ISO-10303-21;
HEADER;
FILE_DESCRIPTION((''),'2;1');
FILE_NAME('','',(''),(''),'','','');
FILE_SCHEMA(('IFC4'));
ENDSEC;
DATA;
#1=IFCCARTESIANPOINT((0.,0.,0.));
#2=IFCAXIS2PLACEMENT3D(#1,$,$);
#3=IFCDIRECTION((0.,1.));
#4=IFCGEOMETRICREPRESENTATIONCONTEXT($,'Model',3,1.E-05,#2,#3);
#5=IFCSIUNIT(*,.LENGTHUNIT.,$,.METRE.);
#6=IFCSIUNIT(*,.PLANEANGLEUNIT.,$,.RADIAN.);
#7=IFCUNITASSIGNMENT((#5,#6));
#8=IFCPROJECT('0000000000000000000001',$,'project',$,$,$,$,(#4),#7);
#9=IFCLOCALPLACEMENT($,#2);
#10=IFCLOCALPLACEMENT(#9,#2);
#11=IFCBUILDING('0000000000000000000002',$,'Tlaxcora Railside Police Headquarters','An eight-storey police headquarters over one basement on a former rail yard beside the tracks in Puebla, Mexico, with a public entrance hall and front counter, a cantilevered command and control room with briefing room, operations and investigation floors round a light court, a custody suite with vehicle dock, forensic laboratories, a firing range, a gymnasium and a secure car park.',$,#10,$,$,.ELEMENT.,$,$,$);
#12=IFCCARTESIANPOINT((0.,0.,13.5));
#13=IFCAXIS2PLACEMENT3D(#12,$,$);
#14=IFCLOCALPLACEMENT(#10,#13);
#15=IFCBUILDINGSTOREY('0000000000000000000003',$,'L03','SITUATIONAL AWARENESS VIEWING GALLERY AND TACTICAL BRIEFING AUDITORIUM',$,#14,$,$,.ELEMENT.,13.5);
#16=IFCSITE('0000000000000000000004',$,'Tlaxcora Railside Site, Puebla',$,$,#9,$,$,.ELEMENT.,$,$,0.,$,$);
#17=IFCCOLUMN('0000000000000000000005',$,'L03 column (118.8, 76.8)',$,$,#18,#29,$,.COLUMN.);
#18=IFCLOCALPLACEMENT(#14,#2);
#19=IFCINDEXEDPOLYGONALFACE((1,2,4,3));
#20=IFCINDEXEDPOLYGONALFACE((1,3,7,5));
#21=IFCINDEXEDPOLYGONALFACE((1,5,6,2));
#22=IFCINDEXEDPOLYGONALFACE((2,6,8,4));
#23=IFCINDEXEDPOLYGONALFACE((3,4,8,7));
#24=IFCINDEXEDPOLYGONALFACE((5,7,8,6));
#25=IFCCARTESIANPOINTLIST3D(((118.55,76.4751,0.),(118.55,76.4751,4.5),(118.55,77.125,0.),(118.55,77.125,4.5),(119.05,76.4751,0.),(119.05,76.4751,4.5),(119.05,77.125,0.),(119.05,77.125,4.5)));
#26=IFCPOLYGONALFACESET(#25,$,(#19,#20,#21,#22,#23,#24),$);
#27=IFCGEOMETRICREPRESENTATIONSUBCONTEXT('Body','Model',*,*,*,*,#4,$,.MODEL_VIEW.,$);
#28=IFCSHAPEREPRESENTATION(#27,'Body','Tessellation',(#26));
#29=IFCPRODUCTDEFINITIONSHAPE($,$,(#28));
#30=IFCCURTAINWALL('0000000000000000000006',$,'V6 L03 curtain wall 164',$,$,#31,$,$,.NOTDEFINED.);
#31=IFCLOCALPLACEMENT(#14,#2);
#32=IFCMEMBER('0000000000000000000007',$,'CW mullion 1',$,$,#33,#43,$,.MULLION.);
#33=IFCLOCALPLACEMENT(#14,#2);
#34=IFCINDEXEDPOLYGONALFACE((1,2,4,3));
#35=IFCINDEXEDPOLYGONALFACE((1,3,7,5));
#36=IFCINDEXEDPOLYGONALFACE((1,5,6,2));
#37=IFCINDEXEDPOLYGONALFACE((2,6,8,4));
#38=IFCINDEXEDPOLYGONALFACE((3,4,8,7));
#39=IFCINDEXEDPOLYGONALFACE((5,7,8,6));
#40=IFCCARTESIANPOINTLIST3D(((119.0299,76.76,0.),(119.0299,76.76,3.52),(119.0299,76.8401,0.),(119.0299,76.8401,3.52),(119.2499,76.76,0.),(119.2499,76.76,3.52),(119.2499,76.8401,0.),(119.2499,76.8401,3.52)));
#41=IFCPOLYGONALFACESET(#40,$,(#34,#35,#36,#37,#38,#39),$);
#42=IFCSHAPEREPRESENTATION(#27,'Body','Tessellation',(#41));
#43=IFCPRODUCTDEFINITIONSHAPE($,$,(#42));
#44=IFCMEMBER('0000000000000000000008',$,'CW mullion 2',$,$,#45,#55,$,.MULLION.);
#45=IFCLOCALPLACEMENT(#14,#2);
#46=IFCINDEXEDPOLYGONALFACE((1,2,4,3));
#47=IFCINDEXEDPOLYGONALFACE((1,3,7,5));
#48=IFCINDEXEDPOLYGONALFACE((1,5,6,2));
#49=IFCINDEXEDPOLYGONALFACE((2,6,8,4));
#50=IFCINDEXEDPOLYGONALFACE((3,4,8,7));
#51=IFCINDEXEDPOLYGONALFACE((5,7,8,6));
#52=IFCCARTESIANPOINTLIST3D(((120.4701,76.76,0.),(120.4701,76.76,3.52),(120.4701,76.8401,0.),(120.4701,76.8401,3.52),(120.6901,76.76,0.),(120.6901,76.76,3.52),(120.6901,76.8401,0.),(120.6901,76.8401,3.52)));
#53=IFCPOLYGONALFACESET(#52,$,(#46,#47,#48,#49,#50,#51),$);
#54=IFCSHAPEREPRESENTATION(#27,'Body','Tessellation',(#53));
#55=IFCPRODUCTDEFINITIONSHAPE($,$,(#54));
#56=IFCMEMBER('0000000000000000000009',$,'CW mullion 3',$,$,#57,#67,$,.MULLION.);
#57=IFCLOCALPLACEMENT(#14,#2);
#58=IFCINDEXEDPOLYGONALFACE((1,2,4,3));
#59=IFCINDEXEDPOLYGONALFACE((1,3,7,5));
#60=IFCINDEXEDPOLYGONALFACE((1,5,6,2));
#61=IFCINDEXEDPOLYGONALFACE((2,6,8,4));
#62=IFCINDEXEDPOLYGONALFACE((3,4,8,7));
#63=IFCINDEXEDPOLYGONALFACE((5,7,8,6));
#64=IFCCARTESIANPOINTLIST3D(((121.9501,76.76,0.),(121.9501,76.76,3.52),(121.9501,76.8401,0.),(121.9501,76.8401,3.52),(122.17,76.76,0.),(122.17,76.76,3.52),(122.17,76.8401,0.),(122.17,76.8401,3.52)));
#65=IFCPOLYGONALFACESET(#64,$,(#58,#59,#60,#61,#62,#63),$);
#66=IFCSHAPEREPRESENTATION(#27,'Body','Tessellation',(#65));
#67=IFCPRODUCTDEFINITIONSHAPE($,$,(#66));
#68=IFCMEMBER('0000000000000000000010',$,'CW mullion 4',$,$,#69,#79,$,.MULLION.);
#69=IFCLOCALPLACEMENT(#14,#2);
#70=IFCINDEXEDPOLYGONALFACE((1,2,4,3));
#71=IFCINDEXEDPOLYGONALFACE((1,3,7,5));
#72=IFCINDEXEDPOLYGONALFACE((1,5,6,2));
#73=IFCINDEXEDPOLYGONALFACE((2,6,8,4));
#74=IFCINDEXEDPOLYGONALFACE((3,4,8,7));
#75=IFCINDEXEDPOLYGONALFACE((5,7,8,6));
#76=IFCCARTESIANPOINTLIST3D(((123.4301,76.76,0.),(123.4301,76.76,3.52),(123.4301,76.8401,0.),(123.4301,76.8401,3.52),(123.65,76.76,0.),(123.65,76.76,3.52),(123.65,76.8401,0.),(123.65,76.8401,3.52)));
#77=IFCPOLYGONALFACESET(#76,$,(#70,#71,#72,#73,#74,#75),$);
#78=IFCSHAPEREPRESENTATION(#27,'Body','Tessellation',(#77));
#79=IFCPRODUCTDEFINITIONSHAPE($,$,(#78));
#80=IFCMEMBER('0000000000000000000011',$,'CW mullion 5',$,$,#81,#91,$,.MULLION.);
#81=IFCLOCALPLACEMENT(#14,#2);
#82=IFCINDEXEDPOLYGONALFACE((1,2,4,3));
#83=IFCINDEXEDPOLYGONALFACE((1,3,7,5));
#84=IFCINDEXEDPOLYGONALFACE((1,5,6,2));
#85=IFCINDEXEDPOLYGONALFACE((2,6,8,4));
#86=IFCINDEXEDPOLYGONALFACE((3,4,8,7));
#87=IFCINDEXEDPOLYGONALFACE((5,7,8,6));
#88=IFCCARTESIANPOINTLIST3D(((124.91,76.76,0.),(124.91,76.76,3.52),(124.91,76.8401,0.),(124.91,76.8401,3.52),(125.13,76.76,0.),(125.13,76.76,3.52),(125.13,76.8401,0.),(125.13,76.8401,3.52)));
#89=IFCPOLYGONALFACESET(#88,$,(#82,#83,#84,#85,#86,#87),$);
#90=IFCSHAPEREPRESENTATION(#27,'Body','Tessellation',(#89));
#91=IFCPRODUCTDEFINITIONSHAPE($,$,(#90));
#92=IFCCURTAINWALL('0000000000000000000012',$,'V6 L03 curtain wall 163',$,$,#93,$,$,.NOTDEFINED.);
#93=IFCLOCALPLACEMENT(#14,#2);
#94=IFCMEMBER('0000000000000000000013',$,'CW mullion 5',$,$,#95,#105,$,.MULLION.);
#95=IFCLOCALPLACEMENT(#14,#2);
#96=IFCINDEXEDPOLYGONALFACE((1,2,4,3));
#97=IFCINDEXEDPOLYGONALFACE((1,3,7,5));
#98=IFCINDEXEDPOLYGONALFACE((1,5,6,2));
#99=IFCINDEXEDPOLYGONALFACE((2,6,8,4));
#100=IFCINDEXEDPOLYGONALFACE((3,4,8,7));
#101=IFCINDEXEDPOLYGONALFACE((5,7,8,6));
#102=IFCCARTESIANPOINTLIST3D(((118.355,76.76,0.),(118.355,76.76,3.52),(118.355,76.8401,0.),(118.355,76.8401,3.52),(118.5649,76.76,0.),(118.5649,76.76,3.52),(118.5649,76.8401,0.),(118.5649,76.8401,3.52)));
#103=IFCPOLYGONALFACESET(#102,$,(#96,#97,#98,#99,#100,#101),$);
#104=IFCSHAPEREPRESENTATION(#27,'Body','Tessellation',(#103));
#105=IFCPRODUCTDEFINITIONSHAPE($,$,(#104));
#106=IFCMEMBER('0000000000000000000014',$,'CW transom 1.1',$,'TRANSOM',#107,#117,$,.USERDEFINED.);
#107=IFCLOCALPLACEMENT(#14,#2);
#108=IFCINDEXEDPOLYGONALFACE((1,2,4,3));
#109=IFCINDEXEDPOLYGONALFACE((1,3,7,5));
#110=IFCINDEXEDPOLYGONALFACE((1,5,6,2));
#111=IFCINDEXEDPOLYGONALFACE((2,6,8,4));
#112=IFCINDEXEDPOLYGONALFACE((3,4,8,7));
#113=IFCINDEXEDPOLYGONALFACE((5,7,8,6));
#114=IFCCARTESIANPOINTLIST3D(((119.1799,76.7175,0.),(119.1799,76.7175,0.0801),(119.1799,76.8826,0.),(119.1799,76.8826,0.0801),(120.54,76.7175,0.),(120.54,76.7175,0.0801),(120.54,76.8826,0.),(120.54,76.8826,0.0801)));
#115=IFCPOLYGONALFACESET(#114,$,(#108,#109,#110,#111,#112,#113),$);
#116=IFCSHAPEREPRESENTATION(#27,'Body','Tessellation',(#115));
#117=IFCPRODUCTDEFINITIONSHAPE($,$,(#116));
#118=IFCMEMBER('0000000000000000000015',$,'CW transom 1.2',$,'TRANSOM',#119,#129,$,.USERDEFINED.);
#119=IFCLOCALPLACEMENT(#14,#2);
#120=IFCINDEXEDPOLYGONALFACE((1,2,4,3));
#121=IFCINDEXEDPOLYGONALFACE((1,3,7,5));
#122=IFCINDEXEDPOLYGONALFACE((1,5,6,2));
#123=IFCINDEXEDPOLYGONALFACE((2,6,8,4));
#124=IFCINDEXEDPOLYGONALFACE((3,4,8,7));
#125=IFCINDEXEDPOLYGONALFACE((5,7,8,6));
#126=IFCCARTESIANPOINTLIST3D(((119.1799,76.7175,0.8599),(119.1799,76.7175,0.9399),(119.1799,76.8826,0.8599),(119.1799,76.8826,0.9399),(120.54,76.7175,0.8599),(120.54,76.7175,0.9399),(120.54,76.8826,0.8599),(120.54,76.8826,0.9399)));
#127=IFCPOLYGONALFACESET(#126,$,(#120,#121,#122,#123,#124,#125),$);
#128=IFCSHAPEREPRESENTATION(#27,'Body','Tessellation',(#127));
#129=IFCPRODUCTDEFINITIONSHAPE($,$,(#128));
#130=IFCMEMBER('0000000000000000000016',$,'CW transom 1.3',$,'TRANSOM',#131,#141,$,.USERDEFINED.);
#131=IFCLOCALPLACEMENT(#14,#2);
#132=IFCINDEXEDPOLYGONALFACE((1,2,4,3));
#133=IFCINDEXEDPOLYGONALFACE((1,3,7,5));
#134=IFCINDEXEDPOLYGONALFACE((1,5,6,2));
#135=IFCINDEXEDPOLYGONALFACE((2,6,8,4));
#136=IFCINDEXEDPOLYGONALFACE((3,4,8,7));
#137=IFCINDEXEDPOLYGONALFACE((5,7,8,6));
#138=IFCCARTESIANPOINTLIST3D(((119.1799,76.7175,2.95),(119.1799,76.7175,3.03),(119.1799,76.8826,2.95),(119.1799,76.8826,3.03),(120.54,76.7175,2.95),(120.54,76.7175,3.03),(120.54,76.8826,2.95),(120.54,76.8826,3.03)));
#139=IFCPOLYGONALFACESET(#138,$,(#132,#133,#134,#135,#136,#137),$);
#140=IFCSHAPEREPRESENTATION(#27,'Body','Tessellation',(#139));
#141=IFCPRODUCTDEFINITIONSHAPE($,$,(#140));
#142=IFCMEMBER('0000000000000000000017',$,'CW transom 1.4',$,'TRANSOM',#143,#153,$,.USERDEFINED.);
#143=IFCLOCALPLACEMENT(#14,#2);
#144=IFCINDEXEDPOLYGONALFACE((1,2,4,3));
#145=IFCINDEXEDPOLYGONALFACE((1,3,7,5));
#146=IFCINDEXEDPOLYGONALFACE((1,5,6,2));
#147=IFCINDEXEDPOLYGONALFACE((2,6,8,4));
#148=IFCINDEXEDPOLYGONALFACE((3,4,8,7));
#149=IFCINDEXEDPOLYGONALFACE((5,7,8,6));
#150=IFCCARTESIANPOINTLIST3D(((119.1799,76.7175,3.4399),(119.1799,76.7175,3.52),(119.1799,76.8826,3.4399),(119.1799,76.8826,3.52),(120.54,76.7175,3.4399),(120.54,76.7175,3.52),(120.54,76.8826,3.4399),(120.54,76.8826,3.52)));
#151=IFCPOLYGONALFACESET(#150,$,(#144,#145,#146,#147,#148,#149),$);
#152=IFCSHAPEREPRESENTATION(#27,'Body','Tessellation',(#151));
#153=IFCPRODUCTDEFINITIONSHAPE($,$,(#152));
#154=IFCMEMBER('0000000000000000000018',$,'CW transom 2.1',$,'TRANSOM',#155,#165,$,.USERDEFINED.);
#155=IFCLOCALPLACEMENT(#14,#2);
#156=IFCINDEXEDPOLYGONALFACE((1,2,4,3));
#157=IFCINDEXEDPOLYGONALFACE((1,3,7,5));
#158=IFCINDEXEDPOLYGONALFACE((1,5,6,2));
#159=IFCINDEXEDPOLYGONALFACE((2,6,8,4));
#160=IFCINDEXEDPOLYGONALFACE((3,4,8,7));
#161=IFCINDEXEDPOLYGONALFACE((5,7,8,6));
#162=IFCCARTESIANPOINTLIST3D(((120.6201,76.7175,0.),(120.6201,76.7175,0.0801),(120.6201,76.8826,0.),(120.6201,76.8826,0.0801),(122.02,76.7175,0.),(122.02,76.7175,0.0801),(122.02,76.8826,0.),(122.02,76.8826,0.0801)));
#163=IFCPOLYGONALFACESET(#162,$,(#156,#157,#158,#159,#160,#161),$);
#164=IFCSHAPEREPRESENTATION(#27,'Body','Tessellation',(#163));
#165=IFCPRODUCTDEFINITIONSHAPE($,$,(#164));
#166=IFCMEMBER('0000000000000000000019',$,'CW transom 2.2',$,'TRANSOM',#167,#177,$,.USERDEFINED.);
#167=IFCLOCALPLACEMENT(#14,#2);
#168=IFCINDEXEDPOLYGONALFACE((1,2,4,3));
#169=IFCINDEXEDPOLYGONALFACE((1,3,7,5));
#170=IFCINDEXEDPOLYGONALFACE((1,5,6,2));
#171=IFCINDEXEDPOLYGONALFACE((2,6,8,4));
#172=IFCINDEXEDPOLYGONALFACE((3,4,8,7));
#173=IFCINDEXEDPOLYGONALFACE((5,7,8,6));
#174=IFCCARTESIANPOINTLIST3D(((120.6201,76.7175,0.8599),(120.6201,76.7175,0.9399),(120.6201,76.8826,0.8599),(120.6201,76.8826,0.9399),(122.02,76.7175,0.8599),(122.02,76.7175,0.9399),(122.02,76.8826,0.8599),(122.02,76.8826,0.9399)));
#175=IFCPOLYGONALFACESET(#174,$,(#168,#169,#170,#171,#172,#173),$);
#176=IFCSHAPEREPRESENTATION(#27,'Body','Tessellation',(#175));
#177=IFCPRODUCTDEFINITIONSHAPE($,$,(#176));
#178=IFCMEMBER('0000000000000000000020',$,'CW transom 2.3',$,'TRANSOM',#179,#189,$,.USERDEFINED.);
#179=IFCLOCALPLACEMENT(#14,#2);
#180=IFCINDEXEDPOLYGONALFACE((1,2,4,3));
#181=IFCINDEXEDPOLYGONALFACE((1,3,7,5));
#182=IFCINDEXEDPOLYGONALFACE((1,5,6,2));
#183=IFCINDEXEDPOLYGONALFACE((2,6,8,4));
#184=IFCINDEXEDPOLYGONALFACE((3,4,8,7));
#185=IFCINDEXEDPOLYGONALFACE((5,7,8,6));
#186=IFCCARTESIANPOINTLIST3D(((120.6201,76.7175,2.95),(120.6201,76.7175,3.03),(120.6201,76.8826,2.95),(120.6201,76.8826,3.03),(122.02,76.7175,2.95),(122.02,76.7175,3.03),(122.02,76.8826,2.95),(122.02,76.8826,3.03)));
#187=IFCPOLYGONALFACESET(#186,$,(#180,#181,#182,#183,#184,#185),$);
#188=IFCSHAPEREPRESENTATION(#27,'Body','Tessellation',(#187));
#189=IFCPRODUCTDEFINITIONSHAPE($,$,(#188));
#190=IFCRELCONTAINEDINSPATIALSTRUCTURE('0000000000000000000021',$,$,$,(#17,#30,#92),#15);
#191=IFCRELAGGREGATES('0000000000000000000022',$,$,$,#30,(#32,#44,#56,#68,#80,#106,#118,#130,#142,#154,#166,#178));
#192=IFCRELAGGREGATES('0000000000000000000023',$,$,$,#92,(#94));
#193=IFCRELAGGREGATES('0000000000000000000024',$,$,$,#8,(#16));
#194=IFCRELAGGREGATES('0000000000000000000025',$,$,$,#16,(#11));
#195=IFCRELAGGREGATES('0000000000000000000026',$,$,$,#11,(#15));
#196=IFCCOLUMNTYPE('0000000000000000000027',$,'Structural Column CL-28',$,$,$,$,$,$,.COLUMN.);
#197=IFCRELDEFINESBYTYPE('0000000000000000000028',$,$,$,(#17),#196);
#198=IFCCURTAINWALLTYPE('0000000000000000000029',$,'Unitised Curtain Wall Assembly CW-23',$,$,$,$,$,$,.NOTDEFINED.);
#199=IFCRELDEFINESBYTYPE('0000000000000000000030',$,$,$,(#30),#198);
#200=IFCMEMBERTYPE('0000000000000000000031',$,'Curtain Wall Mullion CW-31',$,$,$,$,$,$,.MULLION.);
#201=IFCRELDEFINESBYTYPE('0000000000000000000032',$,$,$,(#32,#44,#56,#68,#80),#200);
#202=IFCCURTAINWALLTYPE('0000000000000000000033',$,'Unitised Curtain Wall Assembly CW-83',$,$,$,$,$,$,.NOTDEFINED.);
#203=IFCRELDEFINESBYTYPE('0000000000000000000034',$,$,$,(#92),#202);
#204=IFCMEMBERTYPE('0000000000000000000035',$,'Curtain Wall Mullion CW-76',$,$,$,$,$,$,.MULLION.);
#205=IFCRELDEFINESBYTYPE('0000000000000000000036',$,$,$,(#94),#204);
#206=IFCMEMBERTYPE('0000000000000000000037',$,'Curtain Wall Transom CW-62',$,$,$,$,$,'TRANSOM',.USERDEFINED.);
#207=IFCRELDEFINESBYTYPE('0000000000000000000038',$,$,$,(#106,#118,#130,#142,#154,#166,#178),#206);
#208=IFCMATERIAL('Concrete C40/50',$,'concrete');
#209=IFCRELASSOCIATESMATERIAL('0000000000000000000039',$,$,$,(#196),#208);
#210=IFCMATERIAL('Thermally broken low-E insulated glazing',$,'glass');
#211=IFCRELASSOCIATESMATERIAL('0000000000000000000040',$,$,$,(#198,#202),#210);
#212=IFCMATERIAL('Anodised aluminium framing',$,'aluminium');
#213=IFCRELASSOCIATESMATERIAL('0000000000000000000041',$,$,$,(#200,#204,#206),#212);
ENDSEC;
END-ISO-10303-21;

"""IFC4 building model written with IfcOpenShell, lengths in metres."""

from ifc_helpers import new_model, si_unit, direction, frame, origin, origin_2d, place, context, subcontext, project, spatial, rectangle, extrude, material, material_profile, profile_set, type_object, element, aggregate, save


model = new_model("IFC4")

# Units and contexts
model_context = context("Model", 3, precision=1e-05, world=origin(), true_north=direction((0.0, 1.0)))
body_context = subcontext(model_context, "Body", "Model", "MODEL_VIEW")
ifc_project = project(units=[si_unit("LENGTHUNIT", "METRE"), si_unit("PLANEANGLEUNIT", "RADIAN")], contexts=[model_context])

# Site, building, storey
site_placement = place(None, origin())
site = spatial("IfcSite", under=ifc_project, at=site_placement, Name="Tlaxcora Railside Site, Puebla", CompositionType="ELEMENT", RefElevation=0.0)
building_placement = place(site_placement, origin())
building = spatial("IfcBuilding", under=site, at=building_placement, Name="Tlaxcora Railside Police Headquarters", Description="An eight-storey police headquarters over one basement on a former rail yard beside the tracks in Puebla, Mexico, with a public entrance hall and front counter, a cantilevered command and control room with briefing room, operations and investigation floors round a light court, a custody suite with vehicle dock, forensic laboratories, a firing range, a gymnasium and a secure car park.", CompositionType="ELEMENT")
storey_placement = place(building_placement, frame((0.0, 0.0, 13.5)))
storey = spatial("IfcBuildingStorey", under=building, at=storey_placement, Name="L03", Description="SITUATIONAL AWARENESS VIEWING GALLERY AND TACTICAL BRIEFING AUDITORIUM", CompositionType="ELEMENT", Elevation=13.5)

# Column
ifc_material_1 = material(Name="Concrete C40/50", Category="concrete")
ifc_material_profile_1 = material_profile(ifc_material_1, rectangle(XDim=0.5, YDim=0.6499, at=origin_2d()), Name="RC500X650")
ifc_profile_set_1 = profile_set([ifc_material_profile_1], Name="Concrete C40/50")
column_type = type_object("IfcColumnType", Name="Structural Column CL-28", PredefinedType="COLUMN", material=ifc_profile_set_1)
column_placement = place(storey_placement, frame((118.8, 76.8, 0.0), z_axis=(0.0, 0.0, 1.0), x_axis=(1.0, 0.0, 0.0)))
element("IfcColumn", 1, at=column_placement, inside=storey, type_object=column_type, Name="L03 column (118.8, 76.8)", PredefinedType="COLUMN", context=body_context, shape_type="SweptSolid", body=[
    extrude(rectangle(XDim=0.5, YDim=0.6499, at=origin_2d()), origin(), (0.0, 0.0, 1.0), 4.5),
])

# Curtain wall, members
ifc_material_2 = material(Name="Thermally broken low-E insulated glazing", Category="glass")
curtain_wall_type_1 = type_object("IfcCurtainWallType", Name="Unitised Curtain Wall Assembly CW-23", PredefinedType="NOTDEFINED", material=ifc_material_2)
curtain_wall_1_placement = place(storey_placement, origin())
curtain_wall_1 = element("IfcCurtainWall", 2, at=curtain_wall_1_placement, inside=storey, type_object=curtain_wall_type_1, Name="V6 L03 curtain wall 164", PredefinedType="NOTDEFINED")
ifc_material_3 = material(Name="Anodised aluminium framing", Category="aluminium")
ifc_material_profile_2 = material_profile(ifc_material_3, rectangle(XDim=0.0801, YDim=0.22, at=origin_2d()), Name="AL80X220")
ifc_profile_set_2 = profile_set([ifc_material_profile_2], Name="Anodised aluminium framing")
member_type_1 = type_object("IfcMemberType", Name="Curtain Wall Mullion CW-31", PredefinedType="MULLION", material=ifc_profile_set_2)
member_1_placement = place(storey_placement, frame((119.1399, 76.8, 0.0), z_axis=(0.0, 0.0, 1.0), x_axis=(0.0, 1.0, 0.0)))
member_1 = element("IfcMember", 3, at=member_1_placement, type_object=member_type_1, Name="CW mullion 1", PredefinedType="MULLION", context=body_context, shape_type="SweptSolid", body=[
    extrude(rectangle(XDim=0.0801, YDim=0.22, at=origin_2d()), origin(), (0.0, 0.0, 1.0), 3.52),
])
member_2_placement = place(storey_placement, frame((120.5801, 76.8, 0.0), z_axis=(0.0, 0.0, 1.0), x_axis=(0.0, 1.0, 0.0)))
member_2 = element("IfcMember", 4, at=member_2_placement, type_object=member_type_1, Name="CW mullion 2", PredefinedType="MULLION", context=body_context, shape_type="SweptSolid", body=[
    extrude(rectangle(XDim=0.0801, YDim=0.22, at=origin_2d()), origin(), (0.0, 0.0, 1.0), 3.52),
])
member_3_placement = place(storey_placement, frame((122.0601, 76.8, 0.0), z_axis=(0.0, 0.0, 1.0), x_axis=(0.0, 1.0, 0.0)))
member_3 = element("IfcMember", 5, at=member_3_placement, type_object=member_type_1, Name="CW mullion 3", PredefinedType="MULLION", context=body_context, shape_type="SweptSolid", body=[
    extrude(rectangle(XDim=0.0801, YDim=0.22, at=origin_2d()), origin(), (0.0, 0.0, 1.0), 3.52),
])
member_4_placement = place(storey_placement, frame((123.54, 76.8, 0.0), z_axis=(0.0, 0.0, 1.0), x_axis=(0.0, 1.0, 0.0)))
member_4 = element("IfcMember", 6, at=member_4_placement, type_object=member_type_1, Name="CW mullion 4", PredefinedType="MULLION", context=body_context, shape_type="SweptSolid", body=[
    extrude(rectangle(XDim=0.0801, YDim=0.22, at=origin_2d()), origin(), (0.0, 0.0, 1.0), 3.52),
])
member_5_placement = place(storey_placement, frame((125.02, 76.8, 0.0), z_axis=(0.0, 0.0, 1.0), x_axis=(0.0, 1.0, 0.0)))
member_5 = element("IfcMember", 7, at=member_5_placement, type_object=member_type_1, Name="CW mullion 5", PredefinedType="MULLION", context=body_context, shape_type="SweptSolid", body=[
    extrude(rectangle(XDim=0.0801, YDim=0.22, at=origin_2d()), origin(), (0.0, 0.0, 1.0), 3.52),
])

# Curtain wall, member
curtain_wall_type_2 = type_object("IfcCurtainWallType", Name="Unitised Curtain Wall Assembly CW-83", PredefinedType="NOTDEFINED", material=ifc_material_2)
curtain_wall_2_placement = place(storey_placement, origin())
curtain_wall_2 = element("IfcCurtainWall", 8, at=curtain_wall_2_placement, inside=storey, type_object=curtain_wall_type_2, Name="V6 L03 curtain wall 163", PredefinedType="NOTDEFINED")
ifc_material_profile_3 = material_profile(ifc_material_3, rectangle(XDim=0.0801, YDim=0.21, at=origin_2d()), Name="AL80X210")
ifc_profile_set_3 = profile_set([ifc_material_profile_3], Name="Anodised aluminium framing")
member_type_2 = type_object("IfcMemberType", Name="Curtain Wall Mullion CW-76", PredefinedType="MULLION", material=ifc_profile_set_3)
member_6_placement = place(storey_placement, frame((118.46, 76.8, 0.0), z_axis=(0.0, 0.0, 1.0), x_axis=(0.0, 1.0, 0.0)))
member_6 = element("IfcMember", 9, at=member_6_placement, type_object=member_type_2, Name="CW mullion 5", PredefinedType="MULLION", context=body_context, shape_type="SweptSolid", body=[
    extrude(rectangle(XDim=0.0801, YDim=0.21, at=origin_2d()), origin(), (0.0, 0.0, 1.0), 3.52),
])

# Members
ifc_material_profile_4 = material_profile(ifc_material_3, rectangle(XDim=0.165, YDim=0.0801, at=origin_2d()), Name="AL80X165")
ifc_profile_set_4 = profile_set([ifc_material_profile_4], Name="Anodised aluminium framing")
member_type_3 = type_object("IfcMemberType", Name="Curtain Wall Transom CW-62", ElementType="TRANSOM", PredefinedType="USERDEFINED", material=ifc_profile_set_4)
member_7_placement = place(storey_placement, frame((119.1799, 76.8, 0.04), z_axis=(1.0, 0.0, 0.0), x_axis=(0.0, 1.0, 0.0)))
member_7 = element("IfcMember", 10, at=member_7_placement, type_object=member_type_3, Name="CW transom 1.1", ObjectType="TRANSOM", PredefinedType="USERDEFINED", context=body_context, shape_type="SweptSolid", body=[
    extrude(rectangle(XDim=0.165, YDim=0.0801, at=origin_2d()), origin(), (0.0, 0.0, 1.0), 1.3601),
])
member_8_placement = place(storey_placement, frame((119.1799, 76.8, 0.8999), z_axis=(1.0, 0.0, 0.0), x_axis=(0.0, 1.0, 0.0)))
member_8 = element("IfcMember", 11, at=member_8_placement, type_object=member_type_3, Name="CW transom 1.2", ObjectType="TRANSOM", PredefinedType="USERDEFINED", context=body_context, shape_type="SweptSolid", body=[
    extrude(rectangle(XDim=0.165, YDim=0.0801, at=origin_2d()), origin(), (0.0, 0.0, 1.0), 1.3601),
])
member_9_placement = place(storey_placement, frame((119.1799, 76.8, 2.99), z_axis=(1.0, 0.0, 0.0), x_axis=(0.0, 1.0, 0.0)))
member_9 = element("IfcMember", 12, at=member_9_placement, type_object=member_type_3, Name="CW transom 1.3", ObjectType="TRANSOM", PredefinedType="USERDEFINED", context=body_context, shape_type="SweptSolid", body=[
    extrude(rectangle(XDim=0.165, YDim=0.0801, at=origin_2d()), origin(), (0.0, 0.0, 1.0), 1.3601),
])
member_10_placement = place(storey_placement, frame((119.1799, 76.8, 3.48), z_axis=(1.0, 0.0, 0.0), x_axis=(0.0, 1.0, 0.0)))
member_10 = element("IfcMember", 13, at=member_10_placement, type_object=member_type_3, Name="CW transom 1.4", ObjectType="TRANSOM", PredefinedType="USERDEFINED", context=body_context, shape_type="SweptSolid", body=[
    extrude(rectangle(XDim=0.165, YDim=0.0801, at=origin_2d()), origin(), (0.0, 0.0, 1.0), 1.3601),
])
member_11_placement = place(storey_placement, frame((120.6201, 76.8, 0.04), z_axis=(1.0, 0.0, 0.0), x_axis=(0.0, 1.0, 0.0)))
member_11 = element("IfcMember", 14, at=member_11_placement, type_object=member_type_3, Name="CW transom 2.1", ObjectType="TRANSOM", PredefinedType="USERDEFINED", context=body_context, shape_type="SweptSolid", body=[
    extrude(rectangle(XDim=0.165, YDim=0.0801, at=origin_2d()), origin(), (0.0, 0.0, 1.0), 1.3999),
])
member_12_placement = place(storey_placement, frame((120.6201, 76.8, 0.8999), z_axis=(1.0, 0.0, 0.0), x_axis=(0.0, 1.0, 0.0)))
member_12 = element("IfcMember", 15, at=member_12_placement, type_object=member_type_3, Name="CW transom 2.2", ObjectType="TRANSOM", PredefinedType="USERDEFINED", context=body_context, shape_type="SweptSolid", body=[
    extrude(rectangle(XDim=0.165, YDim=0.0801, at=origin_2d()), origin(), (0.0, 0.0, 1.0), 1.3999),
])
member_13_placement = place(storey_placement, frame((120.6201, 76.8, 2.99), z_axis=(1.0, 0.0, 0.0), x_axis=(0.0, 1.0, 0.0)))
member_13 = element("IfcMember", 16, at=member_13_placement, type_object=member_type_3, Name="CW transom 2.3", ObjectType="TRANSOM", PredefinedType="USERDEFINED", context=body_context, shape_type="SweptSolid", body=[
    extrude(rectangle(XDim=0.165, YDim=0.0801, at=origin_2d()), origin(), (0.0, 0.0, 1.0), 1.3999),
])

aggregate(curtain_wall_1, [member_1, member_2, member_3, member_4, member_5, member_7, member_8, member_9, member_10, member_11, member_12, member_13])
aggregate(curtain_wall_2, [member_6])

save(model, "model.ifc")
